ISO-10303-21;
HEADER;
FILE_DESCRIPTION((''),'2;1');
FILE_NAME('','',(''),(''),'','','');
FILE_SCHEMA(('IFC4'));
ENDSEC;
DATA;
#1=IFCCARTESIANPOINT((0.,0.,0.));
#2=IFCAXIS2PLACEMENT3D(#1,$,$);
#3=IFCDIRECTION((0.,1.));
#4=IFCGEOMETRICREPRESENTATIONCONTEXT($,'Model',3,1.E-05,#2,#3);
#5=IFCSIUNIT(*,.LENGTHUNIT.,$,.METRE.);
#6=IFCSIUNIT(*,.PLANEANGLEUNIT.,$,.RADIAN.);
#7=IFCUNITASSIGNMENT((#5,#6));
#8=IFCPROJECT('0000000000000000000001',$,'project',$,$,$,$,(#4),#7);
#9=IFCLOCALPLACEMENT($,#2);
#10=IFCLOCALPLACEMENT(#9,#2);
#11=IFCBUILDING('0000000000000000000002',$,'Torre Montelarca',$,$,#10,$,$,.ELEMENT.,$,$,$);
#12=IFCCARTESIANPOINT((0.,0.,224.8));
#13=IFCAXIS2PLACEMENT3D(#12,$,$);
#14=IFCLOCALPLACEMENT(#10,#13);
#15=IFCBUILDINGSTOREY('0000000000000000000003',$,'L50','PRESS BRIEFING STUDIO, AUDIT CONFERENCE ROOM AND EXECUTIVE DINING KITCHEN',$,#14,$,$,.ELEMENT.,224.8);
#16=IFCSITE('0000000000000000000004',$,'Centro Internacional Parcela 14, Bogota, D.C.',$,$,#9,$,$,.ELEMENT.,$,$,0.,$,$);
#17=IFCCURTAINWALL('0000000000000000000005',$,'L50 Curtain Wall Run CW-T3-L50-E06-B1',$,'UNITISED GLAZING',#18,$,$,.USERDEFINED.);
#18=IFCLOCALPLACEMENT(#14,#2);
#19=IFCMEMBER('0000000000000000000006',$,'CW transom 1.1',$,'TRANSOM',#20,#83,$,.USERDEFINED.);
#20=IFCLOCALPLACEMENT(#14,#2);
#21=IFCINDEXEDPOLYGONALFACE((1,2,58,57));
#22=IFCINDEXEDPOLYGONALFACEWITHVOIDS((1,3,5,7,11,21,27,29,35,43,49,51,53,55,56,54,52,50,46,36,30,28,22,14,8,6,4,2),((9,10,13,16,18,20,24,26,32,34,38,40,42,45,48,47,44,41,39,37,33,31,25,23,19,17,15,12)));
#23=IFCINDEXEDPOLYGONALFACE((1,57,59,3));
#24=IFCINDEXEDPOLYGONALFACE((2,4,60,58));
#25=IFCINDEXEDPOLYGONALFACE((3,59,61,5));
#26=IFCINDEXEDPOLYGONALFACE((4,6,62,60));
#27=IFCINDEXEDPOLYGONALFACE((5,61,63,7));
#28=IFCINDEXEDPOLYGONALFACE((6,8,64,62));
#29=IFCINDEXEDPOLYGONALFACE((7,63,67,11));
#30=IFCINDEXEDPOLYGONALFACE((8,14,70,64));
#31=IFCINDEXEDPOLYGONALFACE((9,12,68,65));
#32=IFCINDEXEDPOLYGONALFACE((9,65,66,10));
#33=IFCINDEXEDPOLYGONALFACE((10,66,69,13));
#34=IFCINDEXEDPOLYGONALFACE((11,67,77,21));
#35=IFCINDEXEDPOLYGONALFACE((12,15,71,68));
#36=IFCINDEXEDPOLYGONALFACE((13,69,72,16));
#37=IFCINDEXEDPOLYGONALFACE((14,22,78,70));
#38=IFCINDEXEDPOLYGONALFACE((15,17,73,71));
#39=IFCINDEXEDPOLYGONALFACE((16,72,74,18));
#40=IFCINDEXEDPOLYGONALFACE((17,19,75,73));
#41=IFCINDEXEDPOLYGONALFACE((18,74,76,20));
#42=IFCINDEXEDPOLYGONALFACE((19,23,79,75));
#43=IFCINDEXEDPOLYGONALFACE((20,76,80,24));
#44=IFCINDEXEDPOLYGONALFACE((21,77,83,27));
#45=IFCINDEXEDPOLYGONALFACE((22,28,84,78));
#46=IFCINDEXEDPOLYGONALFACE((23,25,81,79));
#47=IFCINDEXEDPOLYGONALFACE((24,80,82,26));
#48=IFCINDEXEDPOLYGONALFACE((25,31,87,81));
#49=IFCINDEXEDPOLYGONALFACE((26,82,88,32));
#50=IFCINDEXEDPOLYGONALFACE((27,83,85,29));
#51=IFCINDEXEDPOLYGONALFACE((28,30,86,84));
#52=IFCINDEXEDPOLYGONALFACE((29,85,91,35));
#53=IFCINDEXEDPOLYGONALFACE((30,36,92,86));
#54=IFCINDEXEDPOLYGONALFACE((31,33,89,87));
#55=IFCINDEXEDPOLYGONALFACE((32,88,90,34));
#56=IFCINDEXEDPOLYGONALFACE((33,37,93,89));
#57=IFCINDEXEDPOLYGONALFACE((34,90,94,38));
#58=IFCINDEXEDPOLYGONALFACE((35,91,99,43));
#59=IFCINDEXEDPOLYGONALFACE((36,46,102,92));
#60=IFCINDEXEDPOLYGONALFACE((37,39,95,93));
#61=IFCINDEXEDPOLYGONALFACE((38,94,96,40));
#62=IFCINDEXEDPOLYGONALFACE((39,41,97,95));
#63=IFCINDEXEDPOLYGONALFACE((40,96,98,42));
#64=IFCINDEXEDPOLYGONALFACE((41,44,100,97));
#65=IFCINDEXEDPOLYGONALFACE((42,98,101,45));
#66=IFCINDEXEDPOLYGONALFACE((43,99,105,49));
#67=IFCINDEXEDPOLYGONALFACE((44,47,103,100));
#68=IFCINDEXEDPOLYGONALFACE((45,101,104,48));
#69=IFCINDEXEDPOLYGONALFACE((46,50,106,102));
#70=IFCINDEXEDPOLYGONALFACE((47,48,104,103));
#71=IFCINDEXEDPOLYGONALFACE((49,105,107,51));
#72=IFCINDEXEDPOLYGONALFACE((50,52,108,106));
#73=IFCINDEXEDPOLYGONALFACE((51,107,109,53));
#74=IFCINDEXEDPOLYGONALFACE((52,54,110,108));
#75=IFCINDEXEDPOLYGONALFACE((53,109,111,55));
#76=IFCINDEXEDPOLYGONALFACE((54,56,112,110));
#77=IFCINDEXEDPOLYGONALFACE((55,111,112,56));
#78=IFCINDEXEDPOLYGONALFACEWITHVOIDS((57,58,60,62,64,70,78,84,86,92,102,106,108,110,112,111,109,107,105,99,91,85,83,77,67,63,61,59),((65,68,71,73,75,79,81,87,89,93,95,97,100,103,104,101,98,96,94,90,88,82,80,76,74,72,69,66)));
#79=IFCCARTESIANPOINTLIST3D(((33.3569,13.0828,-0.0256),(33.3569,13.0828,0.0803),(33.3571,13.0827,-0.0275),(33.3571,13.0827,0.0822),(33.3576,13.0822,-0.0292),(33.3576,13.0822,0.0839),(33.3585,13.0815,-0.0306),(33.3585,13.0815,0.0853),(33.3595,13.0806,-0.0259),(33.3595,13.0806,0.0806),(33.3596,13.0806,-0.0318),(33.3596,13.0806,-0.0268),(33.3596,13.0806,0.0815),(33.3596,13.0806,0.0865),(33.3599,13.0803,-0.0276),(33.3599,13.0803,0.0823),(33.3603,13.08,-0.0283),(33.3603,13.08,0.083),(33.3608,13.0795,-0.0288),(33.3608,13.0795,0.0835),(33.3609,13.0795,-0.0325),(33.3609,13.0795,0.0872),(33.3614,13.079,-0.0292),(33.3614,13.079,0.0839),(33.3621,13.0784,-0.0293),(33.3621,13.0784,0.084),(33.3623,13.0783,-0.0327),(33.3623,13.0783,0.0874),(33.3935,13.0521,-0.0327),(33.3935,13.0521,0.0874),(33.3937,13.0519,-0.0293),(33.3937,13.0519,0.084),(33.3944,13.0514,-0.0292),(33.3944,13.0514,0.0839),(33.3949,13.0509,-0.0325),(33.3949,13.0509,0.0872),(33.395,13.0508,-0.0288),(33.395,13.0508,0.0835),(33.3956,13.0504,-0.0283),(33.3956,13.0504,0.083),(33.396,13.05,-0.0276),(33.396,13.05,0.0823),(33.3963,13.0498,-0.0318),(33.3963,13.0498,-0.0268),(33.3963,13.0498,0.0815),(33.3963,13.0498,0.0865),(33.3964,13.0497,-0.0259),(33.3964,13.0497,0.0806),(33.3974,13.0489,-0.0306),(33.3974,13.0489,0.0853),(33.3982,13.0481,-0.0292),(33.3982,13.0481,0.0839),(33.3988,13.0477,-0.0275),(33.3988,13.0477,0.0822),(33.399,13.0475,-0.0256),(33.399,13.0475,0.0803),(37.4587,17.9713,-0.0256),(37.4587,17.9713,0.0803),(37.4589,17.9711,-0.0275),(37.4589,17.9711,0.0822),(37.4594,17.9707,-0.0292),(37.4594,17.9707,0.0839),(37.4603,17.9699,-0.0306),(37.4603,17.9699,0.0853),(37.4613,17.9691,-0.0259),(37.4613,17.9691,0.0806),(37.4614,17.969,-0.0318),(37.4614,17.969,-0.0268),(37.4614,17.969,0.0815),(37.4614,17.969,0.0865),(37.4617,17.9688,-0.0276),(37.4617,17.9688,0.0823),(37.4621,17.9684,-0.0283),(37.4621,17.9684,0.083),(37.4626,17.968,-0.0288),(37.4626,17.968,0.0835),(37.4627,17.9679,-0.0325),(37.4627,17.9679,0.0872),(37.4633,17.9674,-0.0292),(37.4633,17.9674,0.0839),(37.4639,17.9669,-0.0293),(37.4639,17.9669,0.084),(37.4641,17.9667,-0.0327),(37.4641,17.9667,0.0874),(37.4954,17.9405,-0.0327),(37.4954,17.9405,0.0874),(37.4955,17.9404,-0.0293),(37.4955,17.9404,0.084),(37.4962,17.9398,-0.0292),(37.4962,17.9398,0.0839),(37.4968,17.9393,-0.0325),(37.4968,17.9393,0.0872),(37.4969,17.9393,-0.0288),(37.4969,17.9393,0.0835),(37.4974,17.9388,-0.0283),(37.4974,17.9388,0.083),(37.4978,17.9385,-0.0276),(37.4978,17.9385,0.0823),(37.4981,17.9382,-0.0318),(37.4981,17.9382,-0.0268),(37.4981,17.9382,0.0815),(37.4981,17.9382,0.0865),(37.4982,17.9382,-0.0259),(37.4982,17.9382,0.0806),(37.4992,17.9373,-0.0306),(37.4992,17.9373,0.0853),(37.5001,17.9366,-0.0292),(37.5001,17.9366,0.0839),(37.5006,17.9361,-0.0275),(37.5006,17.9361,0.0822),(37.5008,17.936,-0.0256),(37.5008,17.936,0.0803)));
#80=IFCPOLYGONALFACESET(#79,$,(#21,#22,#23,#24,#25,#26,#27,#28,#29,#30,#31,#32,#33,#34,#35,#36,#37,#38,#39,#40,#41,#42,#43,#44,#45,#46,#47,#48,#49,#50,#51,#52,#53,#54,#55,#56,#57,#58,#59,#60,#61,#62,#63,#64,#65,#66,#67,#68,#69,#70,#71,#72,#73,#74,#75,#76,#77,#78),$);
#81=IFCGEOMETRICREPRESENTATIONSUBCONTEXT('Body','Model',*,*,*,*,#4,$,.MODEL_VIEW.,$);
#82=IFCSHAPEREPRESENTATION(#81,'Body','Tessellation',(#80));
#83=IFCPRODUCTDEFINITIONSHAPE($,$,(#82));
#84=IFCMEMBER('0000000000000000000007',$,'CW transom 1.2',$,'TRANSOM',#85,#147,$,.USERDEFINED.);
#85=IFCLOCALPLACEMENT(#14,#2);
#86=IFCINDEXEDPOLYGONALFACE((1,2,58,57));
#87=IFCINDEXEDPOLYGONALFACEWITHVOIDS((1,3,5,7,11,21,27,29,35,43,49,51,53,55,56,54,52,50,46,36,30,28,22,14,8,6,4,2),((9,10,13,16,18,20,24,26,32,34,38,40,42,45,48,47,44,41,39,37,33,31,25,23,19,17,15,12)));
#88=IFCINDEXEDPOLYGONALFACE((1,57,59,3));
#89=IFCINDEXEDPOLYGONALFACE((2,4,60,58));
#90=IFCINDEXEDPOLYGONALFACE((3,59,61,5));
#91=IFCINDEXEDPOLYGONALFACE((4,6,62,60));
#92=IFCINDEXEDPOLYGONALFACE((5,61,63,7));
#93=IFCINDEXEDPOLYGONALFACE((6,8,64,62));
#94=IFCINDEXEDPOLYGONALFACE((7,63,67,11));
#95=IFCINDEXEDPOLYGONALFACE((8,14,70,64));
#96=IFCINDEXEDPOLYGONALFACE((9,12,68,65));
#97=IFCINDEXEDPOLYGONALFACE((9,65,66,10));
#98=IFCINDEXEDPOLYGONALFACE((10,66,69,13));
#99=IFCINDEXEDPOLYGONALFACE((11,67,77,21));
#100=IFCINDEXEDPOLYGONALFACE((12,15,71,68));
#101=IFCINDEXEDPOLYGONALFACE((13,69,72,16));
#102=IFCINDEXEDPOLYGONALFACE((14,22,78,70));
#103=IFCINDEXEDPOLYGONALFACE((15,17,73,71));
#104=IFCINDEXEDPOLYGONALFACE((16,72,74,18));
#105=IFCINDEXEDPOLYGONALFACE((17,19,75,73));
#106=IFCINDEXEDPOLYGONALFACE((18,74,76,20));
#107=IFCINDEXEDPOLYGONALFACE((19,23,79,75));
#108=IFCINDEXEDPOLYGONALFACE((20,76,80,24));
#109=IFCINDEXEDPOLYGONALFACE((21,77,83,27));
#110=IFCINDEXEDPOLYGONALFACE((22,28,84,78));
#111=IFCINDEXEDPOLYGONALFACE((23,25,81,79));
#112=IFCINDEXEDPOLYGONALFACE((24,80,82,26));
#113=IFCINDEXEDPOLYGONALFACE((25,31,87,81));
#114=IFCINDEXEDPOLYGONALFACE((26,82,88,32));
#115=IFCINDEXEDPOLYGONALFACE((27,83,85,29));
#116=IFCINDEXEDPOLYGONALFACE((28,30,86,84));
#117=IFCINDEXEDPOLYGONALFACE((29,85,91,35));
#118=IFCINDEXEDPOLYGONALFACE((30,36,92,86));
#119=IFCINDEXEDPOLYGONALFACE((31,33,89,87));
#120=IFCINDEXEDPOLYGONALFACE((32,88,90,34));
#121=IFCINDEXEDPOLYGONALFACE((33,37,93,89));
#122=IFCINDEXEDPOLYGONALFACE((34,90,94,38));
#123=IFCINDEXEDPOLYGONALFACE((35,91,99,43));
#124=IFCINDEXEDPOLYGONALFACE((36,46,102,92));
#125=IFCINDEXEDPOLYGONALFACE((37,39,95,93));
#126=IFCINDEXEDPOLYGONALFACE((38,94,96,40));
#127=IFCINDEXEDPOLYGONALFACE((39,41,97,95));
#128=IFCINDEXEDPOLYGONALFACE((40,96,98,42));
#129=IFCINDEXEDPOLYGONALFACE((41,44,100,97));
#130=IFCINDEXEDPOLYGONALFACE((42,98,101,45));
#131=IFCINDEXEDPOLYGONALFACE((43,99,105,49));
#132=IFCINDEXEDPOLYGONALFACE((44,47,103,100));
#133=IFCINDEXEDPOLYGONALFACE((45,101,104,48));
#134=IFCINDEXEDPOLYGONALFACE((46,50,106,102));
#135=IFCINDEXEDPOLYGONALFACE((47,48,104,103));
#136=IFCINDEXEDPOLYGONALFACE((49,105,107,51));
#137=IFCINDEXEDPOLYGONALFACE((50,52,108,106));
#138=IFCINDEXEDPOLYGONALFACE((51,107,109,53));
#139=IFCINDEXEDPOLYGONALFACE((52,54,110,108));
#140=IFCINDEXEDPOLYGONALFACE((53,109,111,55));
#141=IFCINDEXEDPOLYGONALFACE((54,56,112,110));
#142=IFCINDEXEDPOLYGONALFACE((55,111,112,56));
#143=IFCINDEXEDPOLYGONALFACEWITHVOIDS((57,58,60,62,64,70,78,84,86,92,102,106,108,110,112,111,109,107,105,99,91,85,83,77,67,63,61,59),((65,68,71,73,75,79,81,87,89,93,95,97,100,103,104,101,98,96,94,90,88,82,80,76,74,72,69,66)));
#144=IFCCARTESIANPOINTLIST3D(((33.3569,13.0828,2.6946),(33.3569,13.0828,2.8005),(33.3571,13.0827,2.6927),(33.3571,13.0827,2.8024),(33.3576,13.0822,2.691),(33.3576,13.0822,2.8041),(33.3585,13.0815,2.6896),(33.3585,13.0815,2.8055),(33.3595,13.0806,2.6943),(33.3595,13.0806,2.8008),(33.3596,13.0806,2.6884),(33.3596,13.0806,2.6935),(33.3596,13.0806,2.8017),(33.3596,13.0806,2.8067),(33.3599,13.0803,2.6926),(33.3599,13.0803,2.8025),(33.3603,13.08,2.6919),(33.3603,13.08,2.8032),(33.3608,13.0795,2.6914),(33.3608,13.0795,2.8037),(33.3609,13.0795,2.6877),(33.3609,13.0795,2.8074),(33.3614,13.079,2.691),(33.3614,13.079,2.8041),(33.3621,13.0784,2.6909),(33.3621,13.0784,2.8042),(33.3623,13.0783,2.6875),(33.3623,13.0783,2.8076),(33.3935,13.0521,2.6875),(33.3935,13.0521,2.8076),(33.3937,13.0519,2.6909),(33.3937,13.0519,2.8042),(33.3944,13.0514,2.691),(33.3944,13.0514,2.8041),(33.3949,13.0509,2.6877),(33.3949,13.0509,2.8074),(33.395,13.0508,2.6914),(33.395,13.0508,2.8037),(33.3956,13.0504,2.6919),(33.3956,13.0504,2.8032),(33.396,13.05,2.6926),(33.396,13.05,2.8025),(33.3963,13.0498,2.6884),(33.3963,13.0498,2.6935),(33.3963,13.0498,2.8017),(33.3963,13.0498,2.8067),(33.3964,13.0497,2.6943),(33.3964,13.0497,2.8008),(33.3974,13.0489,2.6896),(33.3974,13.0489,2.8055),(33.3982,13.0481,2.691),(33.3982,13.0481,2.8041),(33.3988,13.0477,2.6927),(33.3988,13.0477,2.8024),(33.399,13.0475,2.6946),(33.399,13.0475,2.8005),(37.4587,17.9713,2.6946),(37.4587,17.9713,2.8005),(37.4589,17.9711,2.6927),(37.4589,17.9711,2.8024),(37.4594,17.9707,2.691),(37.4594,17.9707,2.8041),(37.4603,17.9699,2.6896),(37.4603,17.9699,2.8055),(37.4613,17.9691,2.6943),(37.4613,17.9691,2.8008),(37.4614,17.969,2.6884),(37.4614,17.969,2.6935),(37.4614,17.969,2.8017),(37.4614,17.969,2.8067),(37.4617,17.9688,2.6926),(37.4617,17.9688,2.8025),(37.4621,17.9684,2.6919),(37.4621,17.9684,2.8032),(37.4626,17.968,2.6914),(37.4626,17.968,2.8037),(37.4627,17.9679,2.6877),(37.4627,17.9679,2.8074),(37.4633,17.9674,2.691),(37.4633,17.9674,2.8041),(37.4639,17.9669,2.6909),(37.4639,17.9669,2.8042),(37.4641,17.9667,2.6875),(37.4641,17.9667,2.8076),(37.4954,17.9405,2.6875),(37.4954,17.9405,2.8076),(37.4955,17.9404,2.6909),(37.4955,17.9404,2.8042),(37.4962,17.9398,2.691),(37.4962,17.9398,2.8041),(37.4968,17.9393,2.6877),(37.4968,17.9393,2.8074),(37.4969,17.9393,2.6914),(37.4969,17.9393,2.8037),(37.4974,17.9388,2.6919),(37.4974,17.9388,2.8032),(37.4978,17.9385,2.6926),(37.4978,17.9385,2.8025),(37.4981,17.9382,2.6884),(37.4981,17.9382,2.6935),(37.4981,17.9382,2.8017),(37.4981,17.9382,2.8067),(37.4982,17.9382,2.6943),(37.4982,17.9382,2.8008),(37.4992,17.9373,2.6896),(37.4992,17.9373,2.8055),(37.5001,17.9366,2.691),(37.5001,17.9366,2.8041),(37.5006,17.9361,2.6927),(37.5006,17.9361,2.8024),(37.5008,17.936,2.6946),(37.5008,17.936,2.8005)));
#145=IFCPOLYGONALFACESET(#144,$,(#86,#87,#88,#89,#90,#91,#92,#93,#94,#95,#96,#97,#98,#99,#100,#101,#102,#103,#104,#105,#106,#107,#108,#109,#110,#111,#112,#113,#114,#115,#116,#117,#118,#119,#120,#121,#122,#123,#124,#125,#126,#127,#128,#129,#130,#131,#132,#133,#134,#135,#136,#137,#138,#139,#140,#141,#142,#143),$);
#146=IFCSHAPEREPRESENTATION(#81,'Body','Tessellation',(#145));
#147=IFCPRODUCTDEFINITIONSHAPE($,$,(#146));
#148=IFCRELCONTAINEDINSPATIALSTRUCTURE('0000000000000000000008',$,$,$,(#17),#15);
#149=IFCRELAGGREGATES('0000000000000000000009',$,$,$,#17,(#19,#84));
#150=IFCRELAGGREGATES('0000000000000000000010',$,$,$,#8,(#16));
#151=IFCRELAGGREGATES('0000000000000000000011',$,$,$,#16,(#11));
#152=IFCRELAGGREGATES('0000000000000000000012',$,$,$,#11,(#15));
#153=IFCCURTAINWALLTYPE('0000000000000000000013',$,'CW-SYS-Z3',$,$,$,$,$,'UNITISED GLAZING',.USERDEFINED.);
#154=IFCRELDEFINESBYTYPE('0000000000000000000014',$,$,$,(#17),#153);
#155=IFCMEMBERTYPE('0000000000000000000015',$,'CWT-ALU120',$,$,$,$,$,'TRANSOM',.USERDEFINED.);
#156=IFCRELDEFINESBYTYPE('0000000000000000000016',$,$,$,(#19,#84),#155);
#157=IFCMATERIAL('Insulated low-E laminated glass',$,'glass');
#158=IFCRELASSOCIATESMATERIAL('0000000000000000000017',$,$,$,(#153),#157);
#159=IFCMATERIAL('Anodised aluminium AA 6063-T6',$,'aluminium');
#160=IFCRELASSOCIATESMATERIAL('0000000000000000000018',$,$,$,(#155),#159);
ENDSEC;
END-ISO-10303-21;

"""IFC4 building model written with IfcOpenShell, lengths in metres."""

from ifc_helpers import new_model, si_unit, direction, frame, origin, origin_2d, place, context, subcontext, project, spatial, hollow_rectangle, extrude, source, transform, mapped, material, material_profile, profile_set, type_object, element, aggregate, save


model = new_model("IFC4")

# Units and contexts
model_context = context("Model", 3, precision=1e-05, world=origin(), true_north=direction((0.0, 1.0)))
body_context = subcontext(model_context, "Body", "Model", "MODEL_VIEW")
ifc_project = project(units=[si_unit("LENGTHUNIT", "METRE"), si_unit("PLANEANGLEUNIT", "RADIAN")], contexts=[model_context])

# Site, building, storey
site_placement = place(None, origin())
site = spatial("IfcSite", under=ifc_project, at=site_placement, Name="Centro Internacional Parcela 14, Bogota, D.C.", CompositionType="ELEMENT", RefElevation=0.0)
building_placement = place(site_placement, origin())
building = spatial("IfcBuilding", under=site, at=building_placement, Name="Torre Montelarca", CompositionType="ELEMENT")
storey_placement = place(building_placement, frame((0.0, 0.0, 224.8)))
storey = spatial("IfcBuildingStorey", under=building, at=storey_placement, Name="L50", Description="PRESS BRIEFING STUDIO, AUDIT CONFERENCE ROOM AND EXECUTIVE DINING KITCHEN", CompositionType="ELEMENT", Elevation=224.8)

# Curtain wall, members
ifc_material_1 = material(Name="Insulated low-E laminated glass", Category="glass")
curtain_wall_type = type_object("IfcCurtainWallType", Name="CW-SYS-Z3", ElementType="UNITISED GLAZING", PredefinedType="USERDEFINED", material=ifc_material_1)
ifc_material_2 = material(Name="Anodised aluminium AA 6063-T6", Category="aluminium")
ifc_material_profile_1 = material_profile(ifc_material_2, hollow_rectangle(XDim=0.0549, YDim=0.1201, WallThickness=0.0034, InnerFilletRadius=0.0034, OuterFilletRadius=0.0071, at=origin_2d()), Name="ALU55X120X3.5", Category="aluminium")
ifc_profile_set_1 = profile_set([ifc_material_profile_1], Name="Anodised aluminium AA 6063-T6")
member_type_1 = type_object("IfcMemberType", Name="CWT-ALU120", ElementType="TRANSOM", PredefinedType="USERDEFINED", material=ifc_profile_set_1)
curtain_wall_1_placement = place(storey_placement, origin())
curtain_wall_1 = element("IfcCurtainWall", 1, at=curtain_wall_1_placement, inside=storey, type_object=curtain_wall_type, Name="L50 Curtain Wall Run CW-T3-L50-E06-B1", ObjectType="UNITISED GLAZING", PredefinedType="USERDEFINED")
shared_shape_1 = source(origin(), body_context, "Body", "SweptSolid", [
    extrude(hollow_rectangle(XDim=0.0549, YDim=0.1201, WallThickness=0.0034, InnerFilletRadius=0.0034, OuterFilletRadius=0.0071, at=origin_2d()), origin(), (0.0, 0.0, 1.0), 6.3813),
])
member_1_placement = place(storey_placement, frame((33.3779, 13.0652, 0.0273), z_axis=(0.642781, 0.76605, 0.0), x_axis=(-0.76605, 0.642781, 0.0)))
member_1 = element("IfcMember", 2, at=member_1_placement, type_object=member_type_1, Name="CW transom 1.1", ObjectType="TRANSOM", PredefinedType="USERDEFINED", context=body_context, shape_type="MappedRepresentation", body=[
    mapped(shared_shape_1, transform((0.0, 0.0, 0.0), scale=1.0)),
])
member_2_placement = place(storey_placement, frame((33.3779, 13.0652, 2.7476), z_axis=(0.642781, 0.76605, 0.0), x_axis=(-0.76605, 0.642781, 0.0)))
member_2 = element("IfcMember", 3, at=member_2_placement, type_object=member_type_1, Name="CW transom 1.2", ObjectType="TRANSOM", PredefinedType="USERDEFINED", context=body_context, shape_type="MappedRepresentation", body=[
    mapped(shared_shape_1, transform((0.0, 0.0, 0.0), scale=1.0)),
])

aggregate(curtain_wall_1, [member_1, member_2])

save(model, "model.ifc")
